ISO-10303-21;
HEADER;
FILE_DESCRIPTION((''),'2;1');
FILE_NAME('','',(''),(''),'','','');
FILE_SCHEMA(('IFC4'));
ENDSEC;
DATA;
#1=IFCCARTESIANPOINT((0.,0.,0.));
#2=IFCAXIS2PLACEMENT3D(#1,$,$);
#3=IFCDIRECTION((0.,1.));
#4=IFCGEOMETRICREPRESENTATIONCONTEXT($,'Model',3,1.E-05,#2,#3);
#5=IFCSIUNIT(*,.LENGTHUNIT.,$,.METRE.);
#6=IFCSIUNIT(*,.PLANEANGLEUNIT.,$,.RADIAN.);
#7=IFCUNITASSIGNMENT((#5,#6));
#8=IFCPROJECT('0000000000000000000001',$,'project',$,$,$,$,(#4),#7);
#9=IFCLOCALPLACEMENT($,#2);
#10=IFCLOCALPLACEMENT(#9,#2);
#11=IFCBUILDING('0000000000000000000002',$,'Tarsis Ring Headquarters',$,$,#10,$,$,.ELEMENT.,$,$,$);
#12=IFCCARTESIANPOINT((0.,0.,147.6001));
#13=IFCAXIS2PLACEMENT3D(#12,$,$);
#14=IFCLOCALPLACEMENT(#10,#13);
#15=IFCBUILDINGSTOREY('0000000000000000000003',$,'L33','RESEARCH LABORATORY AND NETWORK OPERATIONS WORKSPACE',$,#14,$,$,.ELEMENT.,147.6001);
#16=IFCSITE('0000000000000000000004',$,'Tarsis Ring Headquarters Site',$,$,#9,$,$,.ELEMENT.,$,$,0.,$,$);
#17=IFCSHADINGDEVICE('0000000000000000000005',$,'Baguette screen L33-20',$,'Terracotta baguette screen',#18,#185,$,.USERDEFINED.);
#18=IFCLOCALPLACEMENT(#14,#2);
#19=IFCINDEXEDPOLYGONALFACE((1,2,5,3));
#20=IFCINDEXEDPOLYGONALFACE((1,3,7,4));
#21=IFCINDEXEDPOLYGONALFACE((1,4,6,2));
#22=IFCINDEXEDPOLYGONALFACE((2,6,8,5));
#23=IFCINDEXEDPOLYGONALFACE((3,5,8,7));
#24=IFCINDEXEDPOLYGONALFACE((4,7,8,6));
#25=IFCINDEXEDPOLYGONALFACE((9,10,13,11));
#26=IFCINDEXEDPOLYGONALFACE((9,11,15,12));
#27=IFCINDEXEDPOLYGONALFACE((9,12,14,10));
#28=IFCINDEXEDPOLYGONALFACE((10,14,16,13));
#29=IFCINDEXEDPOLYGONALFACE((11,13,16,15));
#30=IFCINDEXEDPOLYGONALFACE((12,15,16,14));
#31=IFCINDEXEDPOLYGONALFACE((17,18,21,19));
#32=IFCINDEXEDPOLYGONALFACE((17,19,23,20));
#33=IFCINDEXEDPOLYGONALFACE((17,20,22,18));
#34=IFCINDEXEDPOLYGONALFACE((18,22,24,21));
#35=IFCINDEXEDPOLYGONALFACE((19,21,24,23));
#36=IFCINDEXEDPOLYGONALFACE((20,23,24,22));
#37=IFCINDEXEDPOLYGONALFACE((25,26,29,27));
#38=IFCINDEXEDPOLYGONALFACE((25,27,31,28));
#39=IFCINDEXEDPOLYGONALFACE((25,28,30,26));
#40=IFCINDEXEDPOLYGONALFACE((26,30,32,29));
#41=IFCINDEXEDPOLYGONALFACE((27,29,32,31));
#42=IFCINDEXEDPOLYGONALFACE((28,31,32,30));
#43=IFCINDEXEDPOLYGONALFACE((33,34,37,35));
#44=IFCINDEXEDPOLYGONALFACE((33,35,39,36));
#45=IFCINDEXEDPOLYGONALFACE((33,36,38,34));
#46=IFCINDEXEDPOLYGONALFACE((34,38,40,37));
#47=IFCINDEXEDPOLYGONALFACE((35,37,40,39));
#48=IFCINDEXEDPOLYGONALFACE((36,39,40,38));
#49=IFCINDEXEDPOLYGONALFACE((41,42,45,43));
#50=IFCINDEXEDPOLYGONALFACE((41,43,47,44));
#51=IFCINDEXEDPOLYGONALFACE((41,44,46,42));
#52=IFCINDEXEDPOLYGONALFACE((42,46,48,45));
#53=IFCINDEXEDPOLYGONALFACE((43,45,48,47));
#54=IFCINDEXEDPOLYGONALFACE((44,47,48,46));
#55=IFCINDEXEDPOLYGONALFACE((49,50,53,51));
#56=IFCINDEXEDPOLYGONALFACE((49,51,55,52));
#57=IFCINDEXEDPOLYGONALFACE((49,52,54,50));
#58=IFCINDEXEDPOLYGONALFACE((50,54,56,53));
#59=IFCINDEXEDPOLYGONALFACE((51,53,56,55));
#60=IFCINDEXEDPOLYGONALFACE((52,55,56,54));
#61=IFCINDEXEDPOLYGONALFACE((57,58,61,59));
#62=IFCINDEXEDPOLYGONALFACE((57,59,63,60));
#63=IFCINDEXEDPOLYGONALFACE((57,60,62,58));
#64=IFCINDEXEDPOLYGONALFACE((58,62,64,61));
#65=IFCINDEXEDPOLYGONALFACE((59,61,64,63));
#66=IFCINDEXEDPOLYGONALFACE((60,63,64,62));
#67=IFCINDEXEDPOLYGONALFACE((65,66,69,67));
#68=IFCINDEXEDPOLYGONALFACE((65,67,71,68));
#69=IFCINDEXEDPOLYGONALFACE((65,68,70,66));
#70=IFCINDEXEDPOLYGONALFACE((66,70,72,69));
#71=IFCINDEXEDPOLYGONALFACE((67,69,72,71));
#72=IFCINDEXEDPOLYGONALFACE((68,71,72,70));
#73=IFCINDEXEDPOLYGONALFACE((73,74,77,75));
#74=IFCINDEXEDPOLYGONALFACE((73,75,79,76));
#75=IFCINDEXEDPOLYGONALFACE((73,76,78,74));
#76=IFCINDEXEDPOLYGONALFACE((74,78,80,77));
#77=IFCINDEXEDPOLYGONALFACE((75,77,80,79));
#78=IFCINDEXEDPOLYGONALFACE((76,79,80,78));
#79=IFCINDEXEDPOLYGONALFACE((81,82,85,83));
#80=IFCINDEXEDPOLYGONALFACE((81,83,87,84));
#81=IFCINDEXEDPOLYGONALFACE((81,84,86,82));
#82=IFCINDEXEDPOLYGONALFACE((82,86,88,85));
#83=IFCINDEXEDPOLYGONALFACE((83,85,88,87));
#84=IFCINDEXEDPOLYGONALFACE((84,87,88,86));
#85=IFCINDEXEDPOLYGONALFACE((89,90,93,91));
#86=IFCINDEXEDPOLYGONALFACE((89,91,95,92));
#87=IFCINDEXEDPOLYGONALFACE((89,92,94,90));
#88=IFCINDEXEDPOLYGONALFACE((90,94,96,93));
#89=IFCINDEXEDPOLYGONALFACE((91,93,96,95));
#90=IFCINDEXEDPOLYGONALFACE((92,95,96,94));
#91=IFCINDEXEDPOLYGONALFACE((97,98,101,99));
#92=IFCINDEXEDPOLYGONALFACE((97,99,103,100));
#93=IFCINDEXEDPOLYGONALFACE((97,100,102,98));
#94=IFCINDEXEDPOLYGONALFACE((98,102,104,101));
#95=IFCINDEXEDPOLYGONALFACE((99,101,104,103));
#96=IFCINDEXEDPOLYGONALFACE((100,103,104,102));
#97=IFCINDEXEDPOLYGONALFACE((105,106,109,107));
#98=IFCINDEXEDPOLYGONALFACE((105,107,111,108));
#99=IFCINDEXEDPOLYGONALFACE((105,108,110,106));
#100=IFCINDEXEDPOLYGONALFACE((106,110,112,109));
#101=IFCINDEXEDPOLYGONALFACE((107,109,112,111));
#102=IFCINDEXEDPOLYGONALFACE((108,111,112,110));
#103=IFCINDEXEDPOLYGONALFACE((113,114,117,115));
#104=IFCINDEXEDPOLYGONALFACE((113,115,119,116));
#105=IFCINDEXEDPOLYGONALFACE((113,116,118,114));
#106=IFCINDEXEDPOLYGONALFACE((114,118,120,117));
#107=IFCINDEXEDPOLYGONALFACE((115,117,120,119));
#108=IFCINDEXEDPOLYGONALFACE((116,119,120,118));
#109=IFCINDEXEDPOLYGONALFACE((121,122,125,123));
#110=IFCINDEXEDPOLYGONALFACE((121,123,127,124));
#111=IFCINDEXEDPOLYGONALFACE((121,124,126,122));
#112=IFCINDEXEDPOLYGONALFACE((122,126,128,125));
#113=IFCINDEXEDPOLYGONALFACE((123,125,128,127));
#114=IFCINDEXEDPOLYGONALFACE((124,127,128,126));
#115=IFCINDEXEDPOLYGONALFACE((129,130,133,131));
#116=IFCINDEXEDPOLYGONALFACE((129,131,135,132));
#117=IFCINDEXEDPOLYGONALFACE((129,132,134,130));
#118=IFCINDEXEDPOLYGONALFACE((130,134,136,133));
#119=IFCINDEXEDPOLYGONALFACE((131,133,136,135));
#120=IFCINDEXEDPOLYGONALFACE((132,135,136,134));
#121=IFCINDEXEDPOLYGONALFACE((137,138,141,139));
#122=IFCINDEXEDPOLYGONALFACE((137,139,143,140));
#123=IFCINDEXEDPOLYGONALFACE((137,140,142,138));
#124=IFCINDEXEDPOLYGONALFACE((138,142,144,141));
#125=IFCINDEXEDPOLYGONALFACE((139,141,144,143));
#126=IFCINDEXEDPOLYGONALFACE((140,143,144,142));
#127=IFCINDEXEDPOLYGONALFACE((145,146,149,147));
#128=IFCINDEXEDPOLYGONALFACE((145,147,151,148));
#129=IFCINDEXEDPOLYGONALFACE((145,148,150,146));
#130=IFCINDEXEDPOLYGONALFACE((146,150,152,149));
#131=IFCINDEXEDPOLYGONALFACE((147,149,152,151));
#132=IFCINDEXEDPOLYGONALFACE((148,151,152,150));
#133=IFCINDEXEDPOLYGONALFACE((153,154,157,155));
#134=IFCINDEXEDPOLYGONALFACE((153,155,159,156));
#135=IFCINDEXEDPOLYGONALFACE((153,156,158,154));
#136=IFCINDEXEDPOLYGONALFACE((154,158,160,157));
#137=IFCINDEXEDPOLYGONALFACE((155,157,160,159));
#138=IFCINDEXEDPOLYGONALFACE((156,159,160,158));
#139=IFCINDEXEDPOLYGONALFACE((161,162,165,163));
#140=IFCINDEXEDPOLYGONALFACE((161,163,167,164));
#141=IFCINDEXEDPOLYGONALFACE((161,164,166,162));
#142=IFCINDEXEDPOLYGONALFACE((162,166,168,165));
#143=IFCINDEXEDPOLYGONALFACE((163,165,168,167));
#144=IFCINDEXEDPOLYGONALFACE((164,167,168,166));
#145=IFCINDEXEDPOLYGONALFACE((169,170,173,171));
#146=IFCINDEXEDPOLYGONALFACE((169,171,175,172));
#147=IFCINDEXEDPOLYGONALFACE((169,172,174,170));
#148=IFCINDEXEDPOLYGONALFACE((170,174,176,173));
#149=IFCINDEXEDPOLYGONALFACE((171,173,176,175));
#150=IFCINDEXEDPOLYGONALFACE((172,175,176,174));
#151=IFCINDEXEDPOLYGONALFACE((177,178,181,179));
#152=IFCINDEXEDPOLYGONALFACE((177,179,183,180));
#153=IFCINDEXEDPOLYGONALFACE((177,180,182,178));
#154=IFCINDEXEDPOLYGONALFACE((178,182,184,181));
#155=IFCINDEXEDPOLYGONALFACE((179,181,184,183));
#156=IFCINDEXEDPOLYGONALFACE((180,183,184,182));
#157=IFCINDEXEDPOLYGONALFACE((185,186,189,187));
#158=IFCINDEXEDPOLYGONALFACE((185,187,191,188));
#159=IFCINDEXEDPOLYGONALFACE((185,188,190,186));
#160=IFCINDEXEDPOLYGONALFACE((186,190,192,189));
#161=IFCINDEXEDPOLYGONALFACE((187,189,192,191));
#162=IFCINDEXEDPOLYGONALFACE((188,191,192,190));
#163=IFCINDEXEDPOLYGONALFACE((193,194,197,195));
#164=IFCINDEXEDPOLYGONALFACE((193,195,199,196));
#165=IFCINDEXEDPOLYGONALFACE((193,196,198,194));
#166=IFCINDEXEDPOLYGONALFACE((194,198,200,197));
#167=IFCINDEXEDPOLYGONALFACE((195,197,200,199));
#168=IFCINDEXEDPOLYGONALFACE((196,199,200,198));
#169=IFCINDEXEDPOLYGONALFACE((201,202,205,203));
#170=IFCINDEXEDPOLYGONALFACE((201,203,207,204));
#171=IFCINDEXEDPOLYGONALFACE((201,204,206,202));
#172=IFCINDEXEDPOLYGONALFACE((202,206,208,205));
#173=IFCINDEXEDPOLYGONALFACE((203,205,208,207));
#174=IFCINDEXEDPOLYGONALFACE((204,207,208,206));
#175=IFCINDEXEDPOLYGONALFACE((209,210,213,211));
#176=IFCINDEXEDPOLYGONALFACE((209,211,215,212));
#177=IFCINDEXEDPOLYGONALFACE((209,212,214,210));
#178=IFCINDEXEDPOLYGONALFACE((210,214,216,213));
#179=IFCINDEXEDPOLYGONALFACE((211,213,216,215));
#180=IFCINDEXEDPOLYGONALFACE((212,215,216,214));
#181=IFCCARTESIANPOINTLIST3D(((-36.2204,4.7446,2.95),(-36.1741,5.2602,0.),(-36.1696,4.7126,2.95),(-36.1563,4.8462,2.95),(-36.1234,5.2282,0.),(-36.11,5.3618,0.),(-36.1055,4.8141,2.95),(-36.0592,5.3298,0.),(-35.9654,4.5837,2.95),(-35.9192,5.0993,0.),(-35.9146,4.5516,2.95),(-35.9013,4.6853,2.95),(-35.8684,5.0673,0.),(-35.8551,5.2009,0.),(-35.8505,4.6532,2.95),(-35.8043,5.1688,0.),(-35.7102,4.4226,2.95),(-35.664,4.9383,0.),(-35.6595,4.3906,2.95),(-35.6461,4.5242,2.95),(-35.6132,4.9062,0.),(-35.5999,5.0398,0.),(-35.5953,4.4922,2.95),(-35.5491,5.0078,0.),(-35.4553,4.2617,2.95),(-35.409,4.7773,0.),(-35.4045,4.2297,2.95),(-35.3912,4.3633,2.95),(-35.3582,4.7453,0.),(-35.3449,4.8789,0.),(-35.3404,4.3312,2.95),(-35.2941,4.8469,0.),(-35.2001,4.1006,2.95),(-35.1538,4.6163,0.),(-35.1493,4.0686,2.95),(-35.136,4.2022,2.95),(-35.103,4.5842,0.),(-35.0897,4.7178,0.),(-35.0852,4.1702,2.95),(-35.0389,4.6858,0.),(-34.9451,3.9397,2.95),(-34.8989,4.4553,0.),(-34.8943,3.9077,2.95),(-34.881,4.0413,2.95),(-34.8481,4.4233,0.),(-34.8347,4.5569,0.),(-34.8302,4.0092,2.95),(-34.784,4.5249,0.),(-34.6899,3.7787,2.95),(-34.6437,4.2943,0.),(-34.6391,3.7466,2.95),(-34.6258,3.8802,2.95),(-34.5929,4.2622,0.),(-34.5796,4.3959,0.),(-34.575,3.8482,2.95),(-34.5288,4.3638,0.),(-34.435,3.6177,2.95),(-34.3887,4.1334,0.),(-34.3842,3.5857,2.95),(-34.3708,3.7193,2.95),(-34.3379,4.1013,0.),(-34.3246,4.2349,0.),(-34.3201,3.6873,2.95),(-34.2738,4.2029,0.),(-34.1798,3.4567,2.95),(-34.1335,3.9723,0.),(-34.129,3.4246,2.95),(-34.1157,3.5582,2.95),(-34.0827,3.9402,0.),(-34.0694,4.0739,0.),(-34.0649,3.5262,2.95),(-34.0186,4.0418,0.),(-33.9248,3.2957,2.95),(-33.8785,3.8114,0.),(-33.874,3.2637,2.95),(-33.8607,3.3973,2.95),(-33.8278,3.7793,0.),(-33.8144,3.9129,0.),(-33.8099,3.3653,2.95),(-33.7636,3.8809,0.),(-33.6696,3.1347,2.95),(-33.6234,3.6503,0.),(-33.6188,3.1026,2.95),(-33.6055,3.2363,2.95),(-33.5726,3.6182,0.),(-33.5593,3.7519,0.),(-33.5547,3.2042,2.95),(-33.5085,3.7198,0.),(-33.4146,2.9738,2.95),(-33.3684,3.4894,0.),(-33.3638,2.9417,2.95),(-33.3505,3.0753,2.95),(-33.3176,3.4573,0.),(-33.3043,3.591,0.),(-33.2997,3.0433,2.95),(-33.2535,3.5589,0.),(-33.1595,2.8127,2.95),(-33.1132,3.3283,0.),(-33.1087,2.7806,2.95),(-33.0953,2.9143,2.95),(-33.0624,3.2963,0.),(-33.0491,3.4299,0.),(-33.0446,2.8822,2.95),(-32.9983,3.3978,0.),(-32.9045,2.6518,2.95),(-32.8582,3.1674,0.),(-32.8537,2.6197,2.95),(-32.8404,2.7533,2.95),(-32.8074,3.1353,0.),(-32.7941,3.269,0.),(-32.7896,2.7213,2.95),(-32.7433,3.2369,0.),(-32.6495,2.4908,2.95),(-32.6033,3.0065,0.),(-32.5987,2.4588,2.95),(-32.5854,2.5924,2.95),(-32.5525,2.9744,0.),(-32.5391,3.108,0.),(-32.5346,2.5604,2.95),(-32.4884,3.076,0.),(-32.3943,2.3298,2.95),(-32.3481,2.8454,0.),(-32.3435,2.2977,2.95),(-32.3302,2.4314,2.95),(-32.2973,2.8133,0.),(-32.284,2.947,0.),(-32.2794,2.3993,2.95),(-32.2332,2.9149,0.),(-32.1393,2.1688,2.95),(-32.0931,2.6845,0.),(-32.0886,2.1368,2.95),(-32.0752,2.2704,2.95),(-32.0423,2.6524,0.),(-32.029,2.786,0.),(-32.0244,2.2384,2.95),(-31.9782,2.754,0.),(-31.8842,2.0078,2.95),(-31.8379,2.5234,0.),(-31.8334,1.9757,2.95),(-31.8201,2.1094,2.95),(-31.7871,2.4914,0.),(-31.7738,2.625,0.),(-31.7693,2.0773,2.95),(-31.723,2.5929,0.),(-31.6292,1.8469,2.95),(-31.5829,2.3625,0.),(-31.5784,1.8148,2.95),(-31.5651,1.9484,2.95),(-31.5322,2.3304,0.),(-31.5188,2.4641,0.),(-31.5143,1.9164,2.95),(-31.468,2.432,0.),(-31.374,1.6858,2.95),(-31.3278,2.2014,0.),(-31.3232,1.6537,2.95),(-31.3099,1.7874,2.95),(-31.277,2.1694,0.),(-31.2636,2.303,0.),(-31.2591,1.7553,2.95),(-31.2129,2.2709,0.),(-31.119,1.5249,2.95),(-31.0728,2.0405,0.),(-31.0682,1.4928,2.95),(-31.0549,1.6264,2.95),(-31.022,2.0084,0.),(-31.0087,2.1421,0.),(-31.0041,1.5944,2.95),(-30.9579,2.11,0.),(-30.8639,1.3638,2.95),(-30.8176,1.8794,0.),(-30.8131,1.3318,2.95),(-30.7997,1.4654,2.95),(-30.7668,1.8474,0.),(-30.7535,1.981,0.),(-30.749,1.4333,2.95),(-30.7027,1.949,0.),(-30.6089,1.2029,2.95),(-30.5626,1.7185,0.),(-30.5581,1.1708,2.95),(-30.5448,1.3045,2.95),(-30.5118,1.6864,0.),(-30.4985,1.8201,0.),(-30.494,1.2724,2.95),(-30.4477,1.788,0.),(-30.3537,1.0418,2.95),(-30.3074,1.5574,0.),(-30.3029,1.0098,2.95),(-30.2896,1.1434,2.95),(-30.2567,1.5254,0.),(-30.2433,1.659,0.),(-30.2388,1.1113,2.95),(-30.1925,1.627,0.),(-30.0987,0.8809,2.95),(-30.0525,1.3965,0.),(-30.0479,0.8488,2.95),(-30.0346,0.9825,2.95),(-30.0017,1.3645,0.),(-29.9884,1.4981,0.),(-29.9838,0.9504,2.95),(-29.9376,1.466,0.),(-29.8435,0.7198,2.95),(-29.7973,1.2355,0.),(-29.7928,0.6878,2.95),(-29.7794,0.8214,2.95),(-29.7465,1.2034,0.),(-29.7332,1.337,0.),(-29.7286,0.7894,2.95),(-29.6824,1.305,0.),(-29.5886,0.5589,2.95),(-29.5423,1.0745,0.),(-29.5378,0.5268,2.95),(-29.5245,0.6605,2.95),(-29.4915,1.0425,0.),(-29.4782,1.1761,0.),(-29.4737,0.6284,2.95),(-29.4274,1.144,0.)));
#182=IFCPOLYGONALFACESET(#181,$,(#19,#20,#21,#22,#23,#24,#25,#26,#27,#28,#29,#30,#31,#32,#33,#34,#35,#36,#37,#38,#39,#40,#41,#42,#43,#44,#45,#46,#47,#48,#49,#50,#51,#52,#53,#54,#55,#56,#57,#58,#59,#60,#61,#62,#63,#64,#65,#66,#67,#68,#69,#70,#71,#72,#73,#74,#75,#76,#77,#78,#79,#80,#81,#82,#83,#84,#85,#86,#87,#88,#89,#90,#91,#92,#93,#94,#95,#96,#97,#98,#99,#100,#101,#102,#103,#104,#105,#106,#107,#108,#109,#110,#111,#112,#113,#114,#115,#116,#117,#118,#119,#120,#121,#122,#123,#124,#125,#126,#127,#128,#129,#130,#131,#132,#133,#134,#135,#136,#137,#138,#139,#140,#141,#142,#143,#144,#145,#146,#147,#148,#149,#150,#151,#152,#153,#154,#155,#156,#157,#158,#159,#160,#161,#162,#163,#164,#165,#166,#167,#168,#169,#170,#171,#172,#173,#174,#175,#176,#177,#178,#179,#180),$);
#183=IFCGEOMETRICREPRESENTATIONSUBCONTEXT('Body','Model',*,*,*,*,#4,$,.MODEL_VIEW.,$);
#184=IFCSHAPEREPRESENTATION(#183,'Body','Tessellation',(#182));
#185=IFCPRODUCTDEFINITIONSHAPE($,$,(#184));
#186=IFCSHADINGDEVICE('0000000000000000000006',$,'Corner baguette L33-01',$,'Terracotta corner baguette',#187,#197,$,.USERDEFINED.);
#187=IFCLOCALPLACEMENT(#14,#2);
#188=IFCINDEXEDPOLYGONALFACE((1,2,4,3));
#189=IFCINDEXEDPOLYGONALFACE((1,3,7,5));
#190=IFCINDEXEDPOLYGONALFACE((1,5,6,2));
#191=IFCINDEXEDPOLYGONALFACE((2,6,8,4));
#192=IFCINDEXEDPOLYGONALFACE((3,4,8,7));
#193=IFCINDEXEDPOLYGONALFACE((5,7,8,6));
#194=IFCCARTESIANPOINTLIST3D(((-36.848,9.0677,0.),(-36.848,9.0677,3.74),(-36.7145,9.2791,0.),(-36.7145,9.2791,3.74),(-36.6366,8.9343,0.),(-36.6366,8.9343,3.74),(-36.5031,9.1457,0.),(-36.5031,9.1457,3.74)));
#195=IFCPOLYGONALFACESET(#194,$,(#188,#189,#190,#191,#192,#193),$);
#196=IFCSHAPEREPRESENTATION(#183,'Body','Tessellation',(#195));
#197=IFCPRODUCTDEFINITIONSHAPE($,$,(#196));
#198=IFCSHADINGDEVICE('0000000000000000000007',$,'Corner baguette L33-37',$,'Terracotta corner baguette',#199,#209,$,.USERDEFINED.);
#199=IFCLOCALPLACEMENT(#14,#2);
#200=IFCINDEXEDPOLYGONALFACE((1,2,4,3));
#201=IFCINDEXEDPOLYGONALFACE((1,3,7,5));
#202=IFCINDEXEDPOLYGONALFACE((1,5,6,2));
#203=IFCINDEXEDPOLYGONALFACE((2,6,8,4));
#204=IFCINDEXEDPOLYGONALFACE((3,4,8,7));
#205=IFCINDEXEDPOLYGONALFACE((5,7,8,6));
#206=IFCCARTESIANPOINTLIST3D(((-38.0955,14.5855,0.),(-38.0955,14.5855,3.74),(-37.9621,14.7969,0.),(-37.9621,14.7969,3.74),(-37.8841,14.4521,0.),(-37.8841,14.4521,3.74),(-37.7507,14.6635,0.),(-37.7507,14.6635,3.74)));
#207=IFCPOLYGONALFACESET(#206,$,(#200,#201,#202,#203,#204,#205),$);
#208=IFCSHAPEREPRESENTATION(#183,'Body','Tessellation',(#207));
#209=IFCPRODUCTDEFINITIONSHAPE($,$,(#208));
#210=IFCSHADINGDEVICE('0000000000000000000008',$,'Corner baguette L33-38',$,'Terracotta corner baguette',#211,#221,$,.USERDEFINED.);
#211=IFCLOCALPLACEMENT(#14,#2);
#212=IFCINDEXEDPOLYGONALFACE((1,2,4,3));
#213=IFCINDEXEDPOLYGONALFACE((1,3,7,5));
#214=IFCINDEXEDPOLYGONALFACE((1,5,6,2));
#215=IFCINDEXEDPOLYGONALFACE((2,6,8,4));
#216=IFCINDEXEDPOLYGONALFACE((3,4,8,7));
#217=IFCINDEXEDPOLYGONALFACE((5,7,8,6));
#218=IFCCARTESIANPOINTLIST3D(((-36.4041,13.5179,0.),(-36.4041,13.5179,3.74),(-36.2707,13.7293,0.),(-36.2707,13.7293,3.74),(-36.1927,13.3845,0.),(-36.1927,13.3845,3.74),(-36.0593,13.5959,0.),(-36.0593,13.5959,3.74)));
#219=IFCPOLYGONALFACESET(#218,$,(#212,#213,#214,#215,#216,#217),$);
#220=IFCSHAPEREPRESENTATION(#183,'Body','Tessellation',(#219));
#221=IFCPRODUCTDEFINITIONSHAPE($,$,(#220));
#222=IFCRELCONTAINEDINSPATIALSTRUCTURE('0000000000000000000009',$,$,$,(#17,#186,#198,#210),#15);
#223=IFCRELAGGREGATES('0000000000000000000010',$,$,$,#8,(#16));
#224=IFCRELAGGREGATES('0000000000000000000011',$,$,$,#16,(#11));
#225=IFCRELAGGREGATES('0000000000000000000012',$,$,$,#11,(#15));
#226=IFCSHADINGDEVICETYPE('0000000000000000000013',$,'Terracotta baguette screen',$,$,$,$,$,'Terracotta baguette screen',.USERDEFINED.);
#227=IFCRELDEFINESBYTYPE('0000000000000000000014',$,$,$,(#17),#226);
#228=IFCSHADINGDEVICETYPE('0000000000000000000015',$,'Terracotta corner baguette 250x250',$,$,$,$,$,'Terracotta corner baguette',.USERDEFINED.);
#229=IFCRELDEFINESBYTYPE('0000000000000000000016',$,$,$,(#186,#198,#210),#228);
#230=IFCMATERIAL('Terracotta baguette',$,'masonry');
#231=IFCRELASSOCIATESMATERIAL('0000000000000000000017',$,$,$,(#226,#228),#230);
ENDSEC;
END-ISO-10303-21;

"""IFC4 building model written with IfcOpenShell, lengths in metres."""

from ifc_helpers import new_model, si_unit, direction, frame, frame_2d, origin, origin_2d, place, context, subcontext, project, spatial, rectangle, composite_profile, extrude, material, type_object, element, save


model = new_model("IFC4")

# Units and contexts
model_context = context("Model", 3, precision=1e-05, world=origin(), true_north=direction((0.0, 1.0)))
body_context = subcontext(model_context, "Body", "Model", "MODEL_VIEW")
ifc_project = project(units=[si_unit("LENGTHUNIT", "METRE"), si_unit("PLANEANGLEUNIT", "RADIAN")], contexts=[model_context])

# Site, building, storey
site_placement = place(None, origin())
site = spatial("IfcSite", under=ifc_project, at=site_placement, Name="Tarsis Ring Headquarters Site", CompositionType="ELEMENT", RefElevation=0.0)
building_placement = place(site_placement, origin())
building = spatial("IfcBuilding", under=site, at=building_placement, Name="Tarsis Ring Headquarters", CompositionType="ELEMENT")
storey_placement = place(building_placement, frame((0.0, 0.0, 147.6001)))
storey = spatial("IfcBuildingStorey", under=building, at=storey_placement, Name="L33", Description="RESEARCH LABORATORY AND NETWORK OPERATIONS WORKSPACE", CompositionType="ELEMENT", Elevation=147.6001)

# Shading devices
ifc_material_1 = material(Name="Terracotta baguette", Category="masonry")
shading_device_type_1 = type_object("IfcShadingDeviceType", Name="Terracotta baguette screen", ElementType="Terracotta baguette screen", PredefinedType="USERDEFINED", material=ifc_material_1)
shading_device_1_placement = place(storey_placement, frame((-36.1421, 5.311, 0.0), z_axis=(0.0, 0.0, 1.0), x_axis=(0.84565, -0.533737, 0.0)))
element("IfcShadingDevice", 1, at=shading_device_1_placement, inside=storey, type_object=shading_device_type_1, Name="Baguette screen L33-20", ObjectType="Terracotta baguette screen", PredefinedType="USERDEFINED", context=body_context, shape_type="SweptSolid", body=[
    extrude(composite_profile([rectangle(XDim=0.0601, YDim=0.1201, at=frame_2d((0.03, 0.0))), rectangle(XDim=0.0601, YDim=0.1201, at=frame_2d((0.3315, 0.0))), rectangle(XDim=0.0601, YDim=0.1201, at=frame_2d((0.6333, 0.0))), rectangle(XDim=0.0601, YDim=0.1201, at=frame_2d((0.9348, 0.0))), rectangle(XDim=0.0601, YDim=0.1201, at=frame_2d((1.2366, 0.0))), rectangle(XDim=0.0601, YDim=0.1201, at=frame_2d((1.5381, 0.0))), rectangle(XDim=0.0601, YDim=0.1201, at=frame_2d((1.8398, 0.0))), rectangle(XDim=0.0601, YDim=0.1201, at=frame_2d((2.1414, 0.0))), rectangle(XDim=0.0601, YDim=0.1201, at=frame_2d((2.4431, 0.0))), rectangle(XDim=0.0601, YDim=0.1201, at=frame_2d((2.7446, 0.0))), rectangle(XDim=0.0601, YDim=0.1201, at=frame_2d((3.0464, 0.0))), rectangle(XDim=0.0601, YDim=0.1201, at=frame_2d((3.3479, 0.0))), rectangle(XDim=0.0601, YDim=0.1201, at=frame_2d((3.6497, 0.0))), rectangle(XDim=0.0601, YDim=0.1201, at=frame_2d((3.9512, 0.0))), rectangle(XDim=0.0601, YDim=0.1201, at=frame_2d((4.2527, 0.0))), rectangle(XDim=0.0601, YDim=0.1201, at=frame_2d((4.5544, 0.0))), rectangle(XDim=0.0601, YDim=0.1201, at=frame_2d((4.856, 0.0))), rectangle(XDim=0.0601, YDim=0.1201, at=frame_2d((5.1577, 0.0))), rectangle(XDim=0.0601, YDim=0.1201, at=frame_2d((5.4592, 0.0))), rectangle(XDim=0.0601, YDim=0.1201, at=frame_2d((5.761, 0.0))), rectangle(XDim=0.0601, YDim=0.1201, at=frame_2d((6.0625, 0.0))), rectangle(XDim=0.0601, YDim=0.1201, at=frame_2d((6.3643, 0.0))), rectangle(XDim=0.0601, YDim=0.1201, at=frame_2d((6.6658, 0.0))), rectangle(XDim=0.0601, YDim=0.1201, at=frame_2d((6.9675, 0.0))), rectangle(XDim=0.0601, YDim=0.1201, at=frame_2d((7.269, 0.0))), rectangle(XDim=0.0601, YDim=0.1201, at=frame_2d((7.5708, 0.0))), rectangle(XDim=0.0601, YDim=0.1201, at=frame_2d((7.8723, 0.0)))]), origin(), (0.078826, -0.153824, 0.984949), 2.9951),
])
shading_device_type_2 = type_object("IfcShadingDeviceType", Name="Terracotta corner baguette 250x250", ElementType="Terracotta corner baguette", PredefinedType="USERDEFINED", material=ifc_material_1)
for number, where, z_axis, x_axis, name in (
    (2, (-36.6755, 9.1067, 0.0), (0.0, 0.0, 1.0), (-0.533762, -0.845635, 0.0), "Corner baguette L33-01"),
    (3, (-37.9231, 14.6245, 0.0), (0.0, 0.0, 1.0), (-0.533762, -0.845635, 0.0), "Corner baguette L33-37"),
    (4, (-36.2317, 13.5569, 0.0), (0.0, 0.0, 1.0), (0.845635, -0.533762, 0.0), "Corner baguette L33-38"),
):
    element("IfcShadingDevice", number, at=place(storey_placement, frame(where, z_axis=z_axis, x_axis=x_axis)), inside=storey, type_object=shading_device_type_2, Name=name, ObjectType="Terracotta corner baguette", PredefinedType="USERDEFINED", context=body_context, shape_type="SweptSolid", body=[
        extrude(rectangle(XDim=0.25, YDim=0.25, at=origin_2d()), origin(), (0.0, 0.0, 1.0), 3.74),
    ])

save(model, "model.ifc")
